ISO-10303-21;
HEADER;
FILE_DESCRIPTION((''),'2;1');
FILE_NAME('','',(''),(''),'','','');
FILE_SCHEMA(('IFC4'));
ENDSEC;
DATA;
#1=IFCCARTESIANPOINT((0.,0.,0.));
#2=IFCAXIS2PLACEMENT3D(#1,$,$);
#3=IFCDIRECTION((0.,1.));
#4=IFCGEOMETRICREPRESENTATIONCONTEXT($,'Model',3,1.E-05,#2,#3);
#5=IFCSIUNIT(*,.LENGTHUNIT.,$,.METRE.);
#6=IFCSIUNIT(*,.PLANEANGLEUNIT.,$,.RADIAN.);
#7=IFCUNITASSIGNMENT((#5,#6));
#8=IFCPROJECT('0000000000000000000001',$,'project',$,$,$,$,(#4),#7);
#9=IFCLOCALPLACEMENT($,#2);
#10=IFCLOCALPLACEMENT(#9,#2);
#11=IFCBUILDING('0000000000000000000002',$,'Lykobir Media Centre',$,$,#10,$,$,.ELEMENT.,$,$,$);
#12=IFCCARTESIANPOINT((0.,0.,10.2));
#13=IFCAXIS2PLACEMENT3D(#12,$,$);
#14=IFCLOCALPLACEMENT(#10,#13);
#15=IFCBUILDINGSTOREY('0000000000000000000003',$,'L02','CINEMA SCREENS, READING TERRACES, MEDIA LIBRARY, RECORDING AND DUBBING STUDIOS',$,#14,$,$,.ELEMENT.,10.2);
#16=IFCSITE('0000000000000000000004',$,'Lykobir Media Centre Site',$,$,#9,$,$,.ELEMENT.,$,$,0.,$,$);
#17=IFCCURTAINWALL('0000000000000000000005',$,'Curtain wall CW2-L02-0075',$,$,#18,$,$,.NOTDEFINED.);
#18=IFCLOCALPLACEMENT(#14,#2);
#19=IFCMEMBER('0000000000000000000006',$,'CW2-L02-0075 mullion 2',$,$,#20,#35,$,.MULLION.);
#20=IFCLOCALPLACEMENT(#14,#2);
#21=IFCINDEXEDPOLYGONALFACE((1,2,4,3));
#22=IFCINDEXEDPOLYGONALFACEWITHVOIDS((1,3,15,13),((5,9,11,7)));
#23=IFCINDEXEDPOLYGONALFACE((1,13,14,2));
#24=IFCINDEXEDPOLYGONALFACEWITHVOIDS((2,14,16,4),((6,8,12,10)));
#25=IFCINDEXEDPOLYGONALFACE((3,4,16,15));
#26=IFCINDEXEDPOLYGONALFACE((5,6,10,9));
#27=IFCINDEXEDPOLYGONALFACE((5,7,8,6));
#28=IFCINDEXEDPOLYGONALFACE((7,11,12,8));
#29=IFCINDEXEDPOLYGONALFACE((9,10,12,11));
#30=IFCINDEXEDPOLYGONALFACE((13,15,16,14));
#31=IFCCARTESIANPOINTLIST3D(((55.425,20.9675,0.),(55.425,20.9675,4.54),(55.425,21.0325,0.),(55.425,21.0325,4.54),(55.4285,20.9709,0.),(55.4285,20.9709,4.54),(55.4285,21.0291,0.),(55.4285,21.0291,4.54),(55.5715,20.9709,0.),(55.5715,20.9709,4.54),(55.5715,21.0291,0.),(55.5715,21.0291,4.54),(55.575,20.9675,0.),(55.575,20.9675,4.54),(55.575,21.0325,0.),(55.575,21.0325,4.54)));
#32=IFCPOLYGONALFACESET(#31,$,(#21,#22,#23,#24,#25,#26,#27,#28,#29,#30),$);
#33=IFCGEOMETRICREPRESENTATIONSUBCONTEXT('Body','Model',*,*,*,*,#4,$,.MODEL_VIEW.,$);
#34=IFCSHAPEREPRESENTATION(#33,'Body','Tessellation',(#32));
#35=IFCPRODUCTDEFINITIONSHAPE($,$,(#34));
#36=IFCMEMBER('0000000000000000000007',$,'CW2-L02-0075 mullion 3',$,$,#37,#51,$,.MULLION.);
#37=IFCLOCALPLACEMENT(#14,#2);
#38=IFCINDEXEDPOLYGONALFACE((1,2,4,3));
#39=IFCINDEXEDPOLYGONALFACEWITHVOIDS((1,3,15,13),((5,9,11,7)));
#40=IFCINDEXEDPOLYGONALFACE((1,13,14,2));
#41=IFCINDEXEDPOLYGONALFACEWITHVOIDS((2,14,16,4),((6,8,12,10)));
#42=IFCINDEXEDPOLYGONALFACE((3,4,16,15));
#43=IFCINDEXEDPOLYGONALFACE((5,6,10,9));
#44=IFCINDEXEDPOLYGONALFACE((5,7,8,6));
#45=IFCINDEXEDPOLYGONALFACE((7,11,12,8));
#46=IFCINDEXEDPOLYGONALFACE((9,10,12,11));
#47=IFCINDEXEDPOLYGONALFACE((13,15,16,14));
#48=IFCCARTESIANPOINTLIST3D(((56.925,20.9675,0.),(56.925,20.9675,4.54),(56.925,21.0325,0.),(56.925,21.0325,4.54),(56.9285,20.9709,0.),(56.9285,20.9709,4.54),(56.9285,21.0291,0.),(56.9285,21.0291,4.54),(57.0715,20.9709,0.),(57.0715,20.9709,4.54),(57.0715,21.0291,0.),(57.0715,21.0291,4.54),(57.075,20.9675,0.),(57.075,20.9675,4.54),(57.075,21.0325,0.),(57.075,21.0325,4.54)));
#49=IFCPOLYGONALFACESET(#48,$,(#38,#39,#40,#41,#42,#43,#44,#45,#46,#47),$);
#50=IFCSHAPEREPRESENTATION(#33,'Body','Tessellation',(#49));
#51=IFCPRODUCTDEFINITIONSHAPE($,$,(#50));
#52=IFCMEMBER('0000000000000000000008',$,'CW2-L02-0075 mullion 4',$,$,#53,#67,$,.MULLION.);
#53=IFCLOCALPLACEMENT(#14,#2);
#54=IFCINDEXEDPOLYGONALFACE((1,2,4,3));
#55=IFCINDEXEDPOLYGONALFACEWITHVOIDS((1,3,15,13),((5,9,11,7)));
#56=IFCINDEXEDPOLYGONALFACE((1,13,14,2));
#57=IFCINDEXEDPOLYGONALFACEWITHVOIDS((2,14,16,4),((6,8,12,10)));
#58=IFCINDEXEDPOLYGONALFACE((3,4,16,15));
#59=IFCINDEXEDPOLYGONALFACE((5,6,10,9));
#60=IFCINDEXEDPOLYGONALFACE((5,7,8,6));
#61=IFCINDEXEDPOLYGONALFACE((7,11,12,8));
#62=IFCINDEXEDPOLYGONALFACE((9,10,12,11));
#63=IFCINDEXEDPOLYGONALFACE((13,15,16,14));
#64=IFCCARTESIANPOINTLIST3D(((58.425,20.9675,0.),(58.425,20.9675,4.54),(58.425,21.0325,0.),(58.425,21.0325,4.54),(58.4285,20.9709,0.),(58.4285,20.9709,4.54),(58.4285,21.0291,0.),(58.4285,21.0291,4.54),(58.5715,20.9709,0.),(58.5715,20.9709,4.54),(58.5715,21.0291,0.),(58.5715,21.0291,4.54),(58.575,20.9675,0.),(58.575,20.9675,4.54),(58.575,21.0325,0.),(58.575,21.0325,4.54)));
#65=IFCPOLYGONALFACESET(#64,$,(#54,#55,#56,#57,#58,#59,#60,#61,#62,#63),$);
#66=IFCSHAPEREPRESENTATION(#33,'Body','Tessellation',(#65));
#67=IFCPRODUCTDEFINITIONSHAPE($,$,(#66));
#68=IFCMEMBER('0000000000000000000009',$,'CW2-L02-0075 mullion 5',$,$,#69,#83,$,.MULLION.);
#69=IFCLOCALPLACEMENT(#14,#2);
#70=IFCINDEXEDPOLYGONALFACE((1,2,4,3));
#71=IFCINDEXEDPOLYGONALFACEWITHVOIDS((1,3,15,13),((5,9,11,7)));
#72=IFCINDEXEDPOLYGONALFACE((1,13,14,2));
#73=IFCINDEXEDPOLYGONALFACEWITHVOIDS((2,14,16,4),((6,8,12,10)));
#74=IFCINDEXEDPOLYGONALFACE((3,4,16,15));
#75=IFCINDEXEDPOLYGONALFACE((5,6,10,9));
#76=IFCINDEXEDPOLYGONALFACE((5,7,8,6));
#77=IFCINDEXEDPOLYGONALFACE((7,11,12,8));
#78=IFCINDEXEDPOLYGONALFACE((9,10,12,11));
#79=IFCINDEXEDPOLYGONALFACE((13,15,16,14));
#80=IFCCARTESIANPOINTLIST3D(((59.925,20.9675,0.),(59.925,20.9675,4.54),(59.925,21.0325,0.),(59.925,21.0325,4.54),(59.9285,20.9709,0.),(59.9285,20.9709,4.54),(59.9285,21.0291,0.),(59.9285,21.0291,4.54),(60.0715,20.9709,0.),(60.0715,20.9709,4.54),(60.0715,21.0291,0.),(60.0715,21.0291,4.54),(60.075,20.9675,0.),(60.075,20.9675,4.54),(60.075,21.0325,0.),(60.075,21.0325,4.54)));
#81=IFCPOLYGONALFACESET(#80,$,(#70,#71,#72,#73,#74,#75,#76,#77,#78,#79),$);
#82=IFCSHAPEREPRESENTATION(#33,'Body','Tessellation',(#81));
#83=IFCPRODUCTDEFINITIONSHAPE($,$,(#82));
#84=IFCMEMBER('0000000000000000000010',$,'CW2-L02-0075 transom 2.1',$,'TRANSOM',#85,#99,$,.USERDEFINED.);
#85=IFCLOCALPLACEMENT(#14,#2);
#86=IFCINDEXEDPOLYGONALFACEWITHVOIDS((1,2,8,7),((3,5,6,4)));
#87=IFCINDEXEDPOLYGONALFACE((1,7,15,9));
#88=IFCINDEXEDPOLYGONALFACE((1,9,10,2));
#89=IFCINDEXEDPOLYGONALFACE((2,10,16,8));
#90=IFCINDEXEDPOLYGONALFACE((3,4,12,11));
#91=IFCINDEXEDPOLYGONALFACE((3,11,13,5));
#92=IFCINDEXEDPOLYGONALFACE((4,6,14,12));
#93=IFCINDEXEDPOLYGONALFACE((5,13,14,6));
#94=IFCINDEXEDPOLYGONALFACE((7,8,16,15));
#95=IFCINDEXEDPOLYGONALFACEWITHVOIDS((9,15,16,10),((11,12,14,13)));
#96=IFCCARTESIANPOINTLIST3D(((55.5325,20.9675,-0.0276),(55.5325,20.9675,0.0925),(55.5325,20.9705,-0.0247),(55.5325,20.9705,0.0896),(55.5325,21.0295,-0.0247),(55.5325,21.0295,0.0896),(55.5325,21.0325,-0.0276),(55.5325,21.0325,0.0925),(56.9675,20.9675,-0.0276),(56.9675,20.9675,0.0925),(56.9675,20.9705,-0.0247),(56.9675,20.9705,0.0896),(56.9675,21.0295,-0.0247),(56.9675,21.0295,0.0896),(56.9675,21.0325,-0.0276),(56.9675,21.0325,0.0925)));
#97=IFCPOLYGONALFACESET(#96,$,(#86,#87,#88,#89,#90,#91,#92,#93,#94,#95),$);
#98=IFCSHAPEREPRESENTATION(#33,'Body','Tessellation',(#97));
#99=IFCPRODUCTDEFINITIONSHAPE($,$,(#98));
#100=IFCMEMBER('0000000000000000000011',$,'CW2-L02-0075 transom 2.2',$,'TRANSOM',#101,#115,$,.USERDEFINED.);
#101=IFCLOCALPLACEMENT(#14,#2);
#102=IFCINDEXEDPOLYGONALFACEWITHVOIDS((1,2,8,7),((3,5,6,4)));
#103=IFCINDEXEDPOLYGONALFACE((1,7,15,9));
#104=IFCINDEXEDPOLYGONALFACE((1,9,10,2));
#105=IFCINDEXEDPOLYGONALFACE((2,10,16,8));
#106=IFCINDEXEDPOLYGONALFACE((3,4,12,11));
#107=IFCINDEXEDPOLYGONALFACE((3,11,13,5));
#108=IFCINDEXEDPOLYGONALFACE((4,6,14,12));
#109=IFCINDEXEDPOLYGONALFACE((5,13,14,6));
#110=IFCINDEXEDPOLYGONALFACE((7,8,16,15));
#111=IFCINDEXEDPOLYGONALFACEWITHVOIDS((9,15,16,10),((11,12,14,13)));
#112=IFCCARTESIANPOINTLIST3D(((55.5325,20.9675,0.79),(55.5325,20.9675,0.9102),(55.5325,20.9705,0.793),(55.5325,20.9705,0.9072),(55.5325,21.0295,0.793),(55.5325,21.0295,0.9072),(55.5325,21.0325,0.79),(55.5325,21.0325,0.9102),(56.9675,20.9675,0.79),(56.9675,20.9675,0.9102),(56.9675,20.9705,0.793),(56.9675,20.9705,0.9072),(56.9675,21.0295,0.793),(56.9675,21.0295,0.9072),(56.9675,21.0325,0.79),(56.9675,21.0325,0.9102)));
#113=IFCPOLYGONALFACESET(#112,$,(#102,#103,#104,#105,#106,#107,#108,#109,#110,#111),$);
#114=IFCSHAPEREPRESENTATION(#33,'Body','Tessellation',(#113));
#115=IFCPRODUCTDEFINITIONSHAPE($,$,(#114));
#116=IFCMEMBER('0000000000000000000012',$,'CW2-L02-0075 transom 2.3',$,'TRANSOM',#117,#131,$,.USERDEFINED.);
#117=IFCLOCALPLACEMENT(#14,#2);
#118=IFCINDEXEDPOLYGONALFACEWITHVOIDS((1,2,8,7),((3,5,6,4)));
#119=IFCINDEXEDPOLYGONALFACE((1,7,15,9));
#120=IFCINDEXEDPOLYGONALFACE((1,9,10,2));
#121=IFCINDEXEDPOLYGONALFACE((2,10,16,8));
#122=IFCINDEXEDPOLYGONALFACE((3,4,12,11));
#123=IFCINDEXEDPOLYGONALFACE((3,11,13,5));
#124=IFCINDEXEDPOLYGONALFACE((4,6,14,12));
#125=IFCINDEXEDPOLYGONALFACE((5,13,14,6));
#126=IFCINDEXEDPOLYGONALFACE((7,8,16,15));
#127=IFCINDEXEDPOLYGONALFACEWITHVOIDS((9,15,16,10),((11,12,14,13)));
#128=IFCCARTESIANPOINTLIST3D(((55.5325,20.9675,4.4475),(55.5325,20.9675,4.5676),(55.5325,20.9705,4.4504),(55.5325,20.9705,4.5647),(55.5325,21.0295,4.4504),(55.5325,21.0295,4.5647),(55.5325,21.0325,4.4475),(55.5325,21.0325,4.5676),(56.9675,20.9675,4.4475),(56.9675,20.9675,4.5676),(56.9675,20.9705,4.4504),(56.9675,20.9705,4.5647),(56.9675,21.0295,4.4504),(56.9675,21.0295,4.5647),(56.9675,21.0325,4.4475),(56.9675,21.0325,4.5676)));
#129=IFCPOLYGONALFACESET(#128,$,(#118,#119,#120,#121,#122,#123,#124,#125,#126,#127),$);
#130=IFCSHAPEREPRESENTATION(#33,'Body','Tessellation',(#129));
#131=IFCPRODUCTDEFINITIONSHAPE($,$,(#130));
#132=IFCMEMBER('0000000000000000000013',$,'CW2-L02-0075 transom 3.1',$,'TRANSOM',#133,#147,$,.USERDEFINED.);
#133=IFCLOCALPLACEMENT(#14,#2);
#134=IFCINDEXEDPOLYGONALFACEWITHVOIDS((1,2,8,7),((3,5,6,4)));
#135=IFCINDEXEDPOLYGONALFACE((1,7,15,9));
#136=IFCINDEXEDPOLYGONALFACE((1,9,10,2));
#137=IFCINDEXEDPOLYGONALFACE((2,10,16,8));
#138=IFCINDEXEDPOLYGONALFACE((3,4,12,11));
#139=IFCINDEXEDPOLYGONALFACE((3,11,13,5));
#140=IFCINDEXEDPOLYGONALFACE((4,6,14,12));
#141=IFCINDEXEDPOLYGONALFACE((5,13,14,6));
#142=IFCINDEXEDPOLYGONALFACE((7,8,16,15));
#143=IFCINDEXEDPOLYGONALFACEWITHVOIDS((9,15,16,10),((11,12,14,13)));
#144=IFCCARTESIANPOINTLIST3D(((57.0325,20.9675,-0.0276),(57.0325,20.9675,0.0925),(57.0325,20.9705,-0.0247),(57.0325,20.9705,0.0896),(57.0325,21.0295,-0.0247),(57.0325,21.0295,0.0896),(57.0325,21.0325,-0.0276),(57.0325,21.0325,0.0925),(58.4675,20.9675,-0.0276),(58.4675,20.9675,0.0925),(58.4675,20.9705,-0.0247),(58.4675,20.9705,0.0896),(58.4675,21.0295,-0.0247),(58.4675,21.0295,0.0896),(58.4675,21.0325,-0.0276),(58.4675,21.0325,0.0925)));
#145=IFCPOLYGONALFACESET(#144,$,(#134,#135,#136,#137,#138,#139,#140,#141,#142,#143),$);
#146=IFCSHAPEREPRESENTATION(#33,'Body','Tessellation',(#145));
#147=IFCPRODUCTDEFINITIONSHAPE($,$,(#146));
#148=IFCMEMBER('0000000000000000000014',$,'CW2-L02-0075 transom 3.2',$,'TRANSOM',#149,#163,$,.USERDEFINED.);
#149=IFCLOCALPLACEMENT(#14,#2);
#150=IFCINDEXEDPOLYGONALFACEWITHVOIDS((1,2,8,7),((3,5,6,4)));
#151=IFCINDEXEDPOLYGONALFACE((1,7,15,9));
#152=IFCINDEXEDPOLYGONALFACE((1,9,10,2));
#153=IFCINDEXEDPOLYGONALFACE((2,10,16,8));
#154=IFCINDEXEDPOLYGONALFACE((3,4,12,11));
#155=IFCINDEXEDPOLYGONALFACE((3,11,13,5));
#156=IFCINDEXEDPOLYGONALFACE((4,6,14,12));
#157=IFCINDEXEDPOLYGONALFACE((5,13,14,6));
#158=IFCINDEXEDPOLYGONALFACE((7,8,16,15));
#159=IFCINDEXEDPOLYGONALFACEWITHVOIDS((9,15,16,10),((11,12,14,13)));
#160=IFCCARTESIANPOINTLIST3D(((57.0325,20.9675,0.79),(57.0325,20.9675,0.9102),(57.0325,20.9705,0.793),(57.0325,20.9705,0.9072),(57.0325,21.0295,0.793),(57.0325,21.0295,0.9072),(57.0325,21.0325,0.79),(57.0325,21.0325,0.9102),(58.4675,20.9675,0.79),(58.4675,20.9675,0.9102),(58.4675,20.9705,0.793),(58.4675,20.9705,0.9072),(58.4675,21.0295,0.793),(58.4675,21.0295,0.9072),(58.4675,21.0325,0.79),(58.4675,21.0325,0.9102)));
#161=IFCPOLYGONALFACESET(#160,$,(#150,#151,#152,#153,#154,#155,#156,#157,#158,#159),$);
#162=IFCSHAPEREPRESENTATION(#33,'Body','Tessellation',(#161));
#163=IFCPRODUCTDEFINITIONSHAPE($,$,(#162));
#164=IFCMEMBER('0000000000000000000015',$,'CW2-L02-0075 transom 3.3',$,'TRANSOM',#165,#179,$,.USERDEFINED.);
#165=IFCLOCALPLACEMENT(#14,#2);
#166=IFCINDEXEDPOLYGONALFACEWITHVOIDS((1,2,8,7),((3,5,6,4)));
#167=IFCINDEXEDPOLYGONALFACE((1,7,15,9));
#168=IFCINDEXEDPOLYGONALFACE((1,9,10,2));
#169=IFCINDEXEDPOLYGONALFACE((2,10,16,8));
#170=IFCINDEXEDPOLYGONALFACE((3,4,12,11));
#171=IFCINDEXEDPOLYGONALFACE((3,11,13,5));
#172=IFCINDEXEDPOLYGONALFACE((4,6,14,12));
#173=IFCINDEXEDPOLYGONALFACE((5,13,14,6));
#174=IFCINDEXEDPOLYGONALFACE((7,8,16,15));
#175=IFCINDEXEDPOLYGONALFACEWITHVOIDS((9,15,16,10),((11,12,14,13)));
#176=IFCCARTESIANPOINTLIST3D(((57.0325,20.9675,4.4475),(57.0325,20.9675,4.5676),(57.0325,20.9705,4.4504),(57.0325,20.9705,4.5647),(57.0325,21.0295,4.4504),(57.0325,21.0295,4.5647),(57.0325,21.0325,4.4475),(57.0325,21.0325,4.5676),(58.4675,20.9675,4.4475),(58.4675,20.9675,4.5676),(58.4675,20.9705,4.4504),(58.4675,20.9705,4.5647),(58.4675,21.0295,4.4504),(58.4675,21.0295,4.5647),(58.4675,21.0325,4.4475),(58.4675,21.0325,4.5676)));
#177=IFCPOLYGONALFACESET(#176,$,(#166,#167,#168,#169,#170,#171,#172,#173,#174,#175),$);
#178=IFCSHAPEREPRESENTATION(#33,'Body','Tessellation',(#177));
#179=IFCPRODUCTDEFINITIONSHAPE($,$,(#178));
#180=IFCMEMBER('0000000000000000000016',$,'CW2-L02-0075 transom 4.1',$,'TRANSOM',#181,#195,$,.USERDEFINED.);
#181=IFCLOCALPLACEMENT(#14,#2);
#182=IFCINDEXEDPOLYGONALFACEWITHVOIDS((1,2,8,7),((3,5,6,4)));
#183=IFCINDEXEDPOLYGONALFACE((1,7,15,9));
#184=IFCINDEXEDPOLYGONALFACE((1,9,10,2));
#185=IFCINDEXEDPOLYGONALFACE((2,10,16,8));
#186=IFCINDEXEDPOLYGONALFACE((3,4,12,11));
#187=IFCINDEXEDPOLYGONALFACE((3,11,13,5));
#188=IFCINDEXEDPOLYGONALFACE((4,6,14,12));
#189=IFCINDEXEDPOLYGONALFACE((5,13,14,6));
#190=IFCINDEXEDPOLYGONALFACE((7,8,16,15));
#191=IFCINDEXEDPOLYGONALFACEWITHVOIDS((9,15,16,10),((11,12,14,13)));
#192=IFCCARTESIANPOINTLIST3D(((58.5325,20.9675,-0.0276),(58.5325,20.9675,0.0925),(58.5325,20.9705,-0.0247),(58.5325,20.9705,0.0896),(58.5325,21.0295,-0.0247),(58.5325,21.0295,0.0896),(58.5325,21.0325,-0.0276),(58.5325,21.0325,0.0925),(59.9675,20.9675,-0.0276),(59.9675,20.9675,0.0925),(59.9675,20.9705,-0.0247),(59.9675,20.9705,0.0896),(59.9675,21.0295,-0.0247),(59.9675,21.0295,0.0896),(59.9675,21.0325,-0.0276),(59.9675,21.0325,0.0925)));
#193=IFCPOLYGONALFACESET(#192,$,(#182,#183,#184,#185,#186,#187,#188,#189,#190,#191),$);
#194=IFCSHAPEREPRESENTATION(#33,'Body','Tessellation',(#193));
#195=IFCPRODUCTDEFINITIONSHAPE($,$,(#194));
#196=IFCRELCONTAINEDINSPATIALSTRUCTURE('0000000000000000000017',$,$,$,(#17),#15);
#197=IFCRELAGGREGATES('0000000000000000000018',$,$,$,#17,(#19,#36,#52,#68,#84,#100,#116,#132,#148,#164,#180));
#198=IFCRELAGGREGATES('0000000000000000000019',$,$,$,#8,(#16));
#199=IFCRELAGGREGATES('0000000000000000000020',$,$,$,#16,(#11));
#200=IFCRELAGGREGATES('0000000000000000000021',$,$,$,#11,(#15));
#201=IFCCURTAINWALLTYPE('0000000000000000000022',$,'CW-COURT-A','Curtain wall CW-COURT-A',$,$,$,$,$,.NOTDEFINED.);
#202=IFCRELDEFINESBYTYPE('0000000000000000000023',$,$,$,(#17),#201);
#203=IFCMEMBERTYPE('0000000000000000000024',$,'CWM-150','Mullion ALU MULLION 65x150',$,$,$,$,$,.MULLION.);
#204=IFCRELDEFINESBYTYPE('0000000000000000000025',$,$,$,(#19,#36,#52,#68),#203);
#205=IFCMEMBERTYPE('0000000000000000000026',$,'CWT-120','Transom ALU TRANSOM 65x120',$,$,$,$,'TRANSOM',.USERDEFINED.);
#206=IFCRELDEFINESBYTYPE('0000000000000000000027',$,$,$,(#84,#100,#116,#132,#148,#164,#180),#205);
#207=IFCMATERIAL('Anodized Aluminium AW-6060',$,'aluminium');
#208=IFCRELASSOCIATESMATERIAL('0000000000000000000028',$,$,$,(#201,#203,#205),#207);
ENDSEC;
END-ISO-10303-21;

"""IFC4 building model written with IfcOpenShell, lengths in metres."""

from ifc_helpers import new_model, si_unit, direction, frame, origin, origin_2d, place, context, subcontext, project, spatial, hollow_rectangle, extrude, material, material_profile, profile_set, type_object, element, aggregate, save


model = new_model("IFC4")

# Units and contexts
model_context = context("Model", 3, precision=1e-05, world=origin(), true_north=direction((0.0, 1.0)))
body_context = subcontext(model_context, "Body", "Model", "MODEL_VIEW")
ifc_project = project(units=[si_unit("LENGTHUNIT", "METRE"), si_unit("PLANEANGLEUNIT", "RADIAN")], contexts=[model_context])

# Site, building, storey
site_placement = place(None, origin())
site = spatial("IfcSite", under=ifc_project, at=site_placement, Name="Lykobir Media Centre Site", CompositionType="ELEMENT", RefElevation=0.0)
building_placement = place(site_placement, origin())
building = spatial("IfcBuilding", under=site, at=building_placement, Name="Lykobir Media Centre", CompositionType="ELEMENT")
storey_placement = place(building_placement, frame((0.0, 0.0, 10.2)))
storey = spatial("IfcBuildingStorey", under=building, at=storey_placement, Name="L02", Description="CINEMA SCREENS, READING TERRACES, MEDIA LIBRARY, RECORDING AND DUBBING STUDIOS", CompositionType="ELEMENT", Elevation=10.2)

# Curtain wall, members
ifc_material_1 = material(Name="Anodized Aluminium AW-6060", Category="aluminium")
curtain_wall_type = type_object("IfcCurtainWallType", Name="CW-COURT-A", Description="Curtain wall CW-COURT-A", PredefinedType="NOTDEFINED", material=ifc_material_1)
curtain_wall_placement = place(storey_placement, origin())
curtain_wall = element("IfcCurtainWall", 1, at=curtain_wall_placement, inside=storey, type_object=curtain_wall_type, Name="Curtain wall CW2-L02-0075", PredefinedType="NOTDEFINED")
ifc_material_profile_1 = material_profile(ifc_material_1, hollow_rectangle(XDim=0.0649, YDim=0.1499, WallThickness=0.0034, at=origin_2d()), Name="ALU MULLION 65x150")
ifc_profile_set_1 = profile_set([ifc_material_profile_1], Name="Anodized Aluminium AW-6060")
member_type_1 = type_object("IfcMemberType", Name="CWM-150", Description="Mullion ALU MULLION 65x150", PredefinedType="MULLION", material=ifc_profile_set_1)
member_1_placement = place(storey_placement, frame((55.5, 21.0, 0.0), z_axis=(0.0, 0.0, 1.0), x_axis=(0.0, 1.0, 0.0)))
member_1 = element("IfcMember", 2, at=member_1_placement, type_object=member_type_1, Name="CW2-L02-0075 mullion 2", PredefinedType="MULLION", context=body_context, shape_type="SweptSolid", body=[
    extrude(hollow_rectangle(XDim=0.0649, YDim=0.1499, WallThickness=0.0034, at=origin_2d()), origin(), (0.0, 0.0, 1.0), 4.54),
])
member_2_placement = place(storey_placement, frame((57.0, 21.0, 0.0), z_axis=(0.0, 0.0, 1.0), x_axis=(0.0, 1.0, 0.0)))
member_2 = element("IfcMember", 3, at=member_2_placement, type_object=member_type_1, Name="CW2-L02-0075 mullion 3", PredefinedType="MULLION", context=body_context, shape_type="SweptSolid", body=[
    extrude(hollow_rectangle(XDim=0.0649, YDim=0.1499, WallThickness=0.0034, at=origin_2d()), origin(), (0.0, 0.0, 1.0), 4.54),
])
member_3_placement = place(storey_placement, frame((58.5, 21.0, 0.0), z_axis=(0.0, 0.0, 1.0), x_axis=(0.0, 1.0, 0.0)))
member_3 = element("IfcMember", 4, at=member_3_placement, type_object=member_type_1, Name="CW2-L02-0075 mullion 4", PredefinedType="MULLION", context=body_context, shape_type="SweptSolid", body=[
    extrude(hollow_rectangle(XDim=0.0649, YDim=0.1499, WallThickness=0.0034, at=origin_2d()), origin(), (0.0, 0.0, 1.0), 4.54),
])
member_4_placement = place(storey_placement, frame((60.0, 21.0, 0.0), z_axis=(0.0, 0.0, 1.0), x_axis=(0.0, 1.0, 0.0)))
member_4 = element("IfcMember", 5, at=member_4_placement, type_object=member_type_1, Name="CW2-L02-0075 mullion 5", PredefinedType="MULLION", context=body_context, shape_type="SweptSolid", body=[
    extrude(hollow_rectangle(XDim=0.0649, YDim=0.1499, WallThickness=0.0034, at=origin_2d()), origin(), (0.0, 0.0, 1.0), 4.54),
])
ifc_material_profile_2 = material_profile(ifc_material_1, hollow_rectangle(XDim=0.0649, YDim=0.1201, WallThickness=0.0029, at=origin_2d()), Name="ALU TRANSOM 65x120")
ifc_profile_set_2 = profile_set([ifc_material_profile_2], Name="Anodized Aluminium AW-6060")
member_type_2 = type_object("IfcMemberType", Name="CWT-120", Description="Transom ALU TRANSOM 65x120", ElementType="TRANSOM", PredefinedType="USERDEFINED", material=ifc_profile_set_2)
member_5_placement = place(storey_placement, frame((55.5325, 21.0, 0.0325), z_axis=(1.0, 0.0, 0.0), x_axis=(0.0, 1.0, 0.0)))
member_5 = element("IfcMember", 6, at=member_5_placement, type_object=member_type_2, Name="CW2-L02-0075 transom 2.1", ObjectType="TRANSOM", PredefinedType="USERDEFINED", context=body_context, shape_type="SweptSolid", body=[
    extrude(hollow_rectangle(XDim=0.0649, YDim=0.1201, WallThickness=0.0029, at=origin_2d()), origin(), (0.0, 0.0, 1.0), 1.4351),
])
member_6_placement = place(storey_placement, frame((55.5325, 21.0, 0.8501), z_axis=(1.0, 0.0, 0.0), x_axis=(0.0, 1.0, 0.0)))
member_6 = element("IfcMember", 7, at=member_6_placement, type_object=member_type_2, Name="CW2-L02-0075 transom 2.2", ObjectType="TRANSOM", PredefinedType="USERDEFINED", context=body_context, shape_type="SweptSolid", body=[
    extrude(hollow_rectangle(XDim=0.0649, YDim=0.1201, WallThickness=0.0029, at=origin_2d()), origin(), (0.0, 0.0, 1.0), 1.4351),
])
member_7_placement = place(storey_placement, frame((55.5325, 21.0, 4.5076), z_axis=(1.0, 0.0, 0.0), x_axis=(0.0, 1.0, 0.0)))
member_7 = element("IfcMember", 8, at=member_7_placement, type_object=member_type_2, Name="CW2-L02-0075 transom 2.3", ObjectType="TRANSOM", PredefinedType="USERDEFINED", context=body_context, shape_type="SweptSolid", body=[
    extrude(hollow_rectangle(XDim=0.0649, YDim=0.1201, WallThickness=0.0029, at=origin_2d()), origin(), (0.0, 0.0, 1.0), 1.4351),
])
member_8_placement = place(storey_placement, frame((57.0325, 21.0, 0.0325), z_axis=(1.0, 0.0, 0.0), x_axis=(0.0, 1.0, 0.0)))
member_8 = element("IfcMember", 9, at=member_8_placement, type_object=member_type_2, Name="CW2-L02-0075 transom 3.1", ObjectType="TRANSOM", PredefinedType="USERDEFINED", context=body_context, shape_type="SweptSolid", body=[
    extrude(hollow_rectangle(XDim=0.0649, YDim=0.1201, WallThickness=0.0029, at=origin_2d()), origin(), (0.0, 0.0, 1.0), 1.4351),
])
member_9_placement = place(storey_placement, frame((57.0325, 21.0, 0.8501), z_axis=(1.0, 0.0, 0.0), x_axis=(0.0, 1.0, 0.0)))
member_9 = element("IfcMember", 10, at=member_9_placement, type_object=member_type_2, Name="CW2-L02-0075 transom 3.2", ObjectType="TRANSOM", PredefinedType="USERDEFINED", context=body_context, shape_type="SweptSolid", body=[
    extrude(hollow_rectangle(XDim=0.0649, YDim=0.1201, WallThickness=0.0029, at=origin_2d()), origin(), (0.0, 0.0, 1.0), 1.4351),
])
member_10_placement = place(storey_placement, frame((57.0325, 21.0, 4.5076), z_axis=(1.0, 0.0, 0.0), x_axis=(0.0, 1.0, 0.0)))
member_10 = element("IfcMember", 11, at=member_10_placement, type_object=member_type_2, Name="CW2-L02-0075 transom 3.3", ObjectType="TRANSOM", PredefinedType="USERDEFINED", context=body_context, shape_type="SweptSolid", body=[
    extrude(hollow_rectangle(XDim=0.0649, YDim=0.1201, WallThickness=0.0029, at=origin_2d()), origin(), (0.0, 0.0, 1.0), 1.4351),
])
member_11_placement = place(storey_placement, frame((58.5325, 21.0, 0.0325), z_axis=(1.0, 0.0, 0.0), x_axis=(0.0, 1.0, 0.0)))
member_11 = element("IfcMember", 12, at=member_11_placement, type_object=member_type_2, Name="CW2-L02-0075 transom 4.1", ObjectType="TRANSOM", PredefinedType="USERDEFINED", context=body_context, shape_type="SweptSolid", body=[
    extrude(hollow_rectangle(XDim=0.0649, YDim=0.1201, WallThickness=0.0029, at=origin_2d()), origin(), (0.0, 0.0, 1.0), 1.4351),
])
aggregate(curtain_wall, [member_1, member_2, member_3, member_4, member_5, member_6, member_7, member_8, member_9, member_10, member_11])

save(model, "model.ifc")
